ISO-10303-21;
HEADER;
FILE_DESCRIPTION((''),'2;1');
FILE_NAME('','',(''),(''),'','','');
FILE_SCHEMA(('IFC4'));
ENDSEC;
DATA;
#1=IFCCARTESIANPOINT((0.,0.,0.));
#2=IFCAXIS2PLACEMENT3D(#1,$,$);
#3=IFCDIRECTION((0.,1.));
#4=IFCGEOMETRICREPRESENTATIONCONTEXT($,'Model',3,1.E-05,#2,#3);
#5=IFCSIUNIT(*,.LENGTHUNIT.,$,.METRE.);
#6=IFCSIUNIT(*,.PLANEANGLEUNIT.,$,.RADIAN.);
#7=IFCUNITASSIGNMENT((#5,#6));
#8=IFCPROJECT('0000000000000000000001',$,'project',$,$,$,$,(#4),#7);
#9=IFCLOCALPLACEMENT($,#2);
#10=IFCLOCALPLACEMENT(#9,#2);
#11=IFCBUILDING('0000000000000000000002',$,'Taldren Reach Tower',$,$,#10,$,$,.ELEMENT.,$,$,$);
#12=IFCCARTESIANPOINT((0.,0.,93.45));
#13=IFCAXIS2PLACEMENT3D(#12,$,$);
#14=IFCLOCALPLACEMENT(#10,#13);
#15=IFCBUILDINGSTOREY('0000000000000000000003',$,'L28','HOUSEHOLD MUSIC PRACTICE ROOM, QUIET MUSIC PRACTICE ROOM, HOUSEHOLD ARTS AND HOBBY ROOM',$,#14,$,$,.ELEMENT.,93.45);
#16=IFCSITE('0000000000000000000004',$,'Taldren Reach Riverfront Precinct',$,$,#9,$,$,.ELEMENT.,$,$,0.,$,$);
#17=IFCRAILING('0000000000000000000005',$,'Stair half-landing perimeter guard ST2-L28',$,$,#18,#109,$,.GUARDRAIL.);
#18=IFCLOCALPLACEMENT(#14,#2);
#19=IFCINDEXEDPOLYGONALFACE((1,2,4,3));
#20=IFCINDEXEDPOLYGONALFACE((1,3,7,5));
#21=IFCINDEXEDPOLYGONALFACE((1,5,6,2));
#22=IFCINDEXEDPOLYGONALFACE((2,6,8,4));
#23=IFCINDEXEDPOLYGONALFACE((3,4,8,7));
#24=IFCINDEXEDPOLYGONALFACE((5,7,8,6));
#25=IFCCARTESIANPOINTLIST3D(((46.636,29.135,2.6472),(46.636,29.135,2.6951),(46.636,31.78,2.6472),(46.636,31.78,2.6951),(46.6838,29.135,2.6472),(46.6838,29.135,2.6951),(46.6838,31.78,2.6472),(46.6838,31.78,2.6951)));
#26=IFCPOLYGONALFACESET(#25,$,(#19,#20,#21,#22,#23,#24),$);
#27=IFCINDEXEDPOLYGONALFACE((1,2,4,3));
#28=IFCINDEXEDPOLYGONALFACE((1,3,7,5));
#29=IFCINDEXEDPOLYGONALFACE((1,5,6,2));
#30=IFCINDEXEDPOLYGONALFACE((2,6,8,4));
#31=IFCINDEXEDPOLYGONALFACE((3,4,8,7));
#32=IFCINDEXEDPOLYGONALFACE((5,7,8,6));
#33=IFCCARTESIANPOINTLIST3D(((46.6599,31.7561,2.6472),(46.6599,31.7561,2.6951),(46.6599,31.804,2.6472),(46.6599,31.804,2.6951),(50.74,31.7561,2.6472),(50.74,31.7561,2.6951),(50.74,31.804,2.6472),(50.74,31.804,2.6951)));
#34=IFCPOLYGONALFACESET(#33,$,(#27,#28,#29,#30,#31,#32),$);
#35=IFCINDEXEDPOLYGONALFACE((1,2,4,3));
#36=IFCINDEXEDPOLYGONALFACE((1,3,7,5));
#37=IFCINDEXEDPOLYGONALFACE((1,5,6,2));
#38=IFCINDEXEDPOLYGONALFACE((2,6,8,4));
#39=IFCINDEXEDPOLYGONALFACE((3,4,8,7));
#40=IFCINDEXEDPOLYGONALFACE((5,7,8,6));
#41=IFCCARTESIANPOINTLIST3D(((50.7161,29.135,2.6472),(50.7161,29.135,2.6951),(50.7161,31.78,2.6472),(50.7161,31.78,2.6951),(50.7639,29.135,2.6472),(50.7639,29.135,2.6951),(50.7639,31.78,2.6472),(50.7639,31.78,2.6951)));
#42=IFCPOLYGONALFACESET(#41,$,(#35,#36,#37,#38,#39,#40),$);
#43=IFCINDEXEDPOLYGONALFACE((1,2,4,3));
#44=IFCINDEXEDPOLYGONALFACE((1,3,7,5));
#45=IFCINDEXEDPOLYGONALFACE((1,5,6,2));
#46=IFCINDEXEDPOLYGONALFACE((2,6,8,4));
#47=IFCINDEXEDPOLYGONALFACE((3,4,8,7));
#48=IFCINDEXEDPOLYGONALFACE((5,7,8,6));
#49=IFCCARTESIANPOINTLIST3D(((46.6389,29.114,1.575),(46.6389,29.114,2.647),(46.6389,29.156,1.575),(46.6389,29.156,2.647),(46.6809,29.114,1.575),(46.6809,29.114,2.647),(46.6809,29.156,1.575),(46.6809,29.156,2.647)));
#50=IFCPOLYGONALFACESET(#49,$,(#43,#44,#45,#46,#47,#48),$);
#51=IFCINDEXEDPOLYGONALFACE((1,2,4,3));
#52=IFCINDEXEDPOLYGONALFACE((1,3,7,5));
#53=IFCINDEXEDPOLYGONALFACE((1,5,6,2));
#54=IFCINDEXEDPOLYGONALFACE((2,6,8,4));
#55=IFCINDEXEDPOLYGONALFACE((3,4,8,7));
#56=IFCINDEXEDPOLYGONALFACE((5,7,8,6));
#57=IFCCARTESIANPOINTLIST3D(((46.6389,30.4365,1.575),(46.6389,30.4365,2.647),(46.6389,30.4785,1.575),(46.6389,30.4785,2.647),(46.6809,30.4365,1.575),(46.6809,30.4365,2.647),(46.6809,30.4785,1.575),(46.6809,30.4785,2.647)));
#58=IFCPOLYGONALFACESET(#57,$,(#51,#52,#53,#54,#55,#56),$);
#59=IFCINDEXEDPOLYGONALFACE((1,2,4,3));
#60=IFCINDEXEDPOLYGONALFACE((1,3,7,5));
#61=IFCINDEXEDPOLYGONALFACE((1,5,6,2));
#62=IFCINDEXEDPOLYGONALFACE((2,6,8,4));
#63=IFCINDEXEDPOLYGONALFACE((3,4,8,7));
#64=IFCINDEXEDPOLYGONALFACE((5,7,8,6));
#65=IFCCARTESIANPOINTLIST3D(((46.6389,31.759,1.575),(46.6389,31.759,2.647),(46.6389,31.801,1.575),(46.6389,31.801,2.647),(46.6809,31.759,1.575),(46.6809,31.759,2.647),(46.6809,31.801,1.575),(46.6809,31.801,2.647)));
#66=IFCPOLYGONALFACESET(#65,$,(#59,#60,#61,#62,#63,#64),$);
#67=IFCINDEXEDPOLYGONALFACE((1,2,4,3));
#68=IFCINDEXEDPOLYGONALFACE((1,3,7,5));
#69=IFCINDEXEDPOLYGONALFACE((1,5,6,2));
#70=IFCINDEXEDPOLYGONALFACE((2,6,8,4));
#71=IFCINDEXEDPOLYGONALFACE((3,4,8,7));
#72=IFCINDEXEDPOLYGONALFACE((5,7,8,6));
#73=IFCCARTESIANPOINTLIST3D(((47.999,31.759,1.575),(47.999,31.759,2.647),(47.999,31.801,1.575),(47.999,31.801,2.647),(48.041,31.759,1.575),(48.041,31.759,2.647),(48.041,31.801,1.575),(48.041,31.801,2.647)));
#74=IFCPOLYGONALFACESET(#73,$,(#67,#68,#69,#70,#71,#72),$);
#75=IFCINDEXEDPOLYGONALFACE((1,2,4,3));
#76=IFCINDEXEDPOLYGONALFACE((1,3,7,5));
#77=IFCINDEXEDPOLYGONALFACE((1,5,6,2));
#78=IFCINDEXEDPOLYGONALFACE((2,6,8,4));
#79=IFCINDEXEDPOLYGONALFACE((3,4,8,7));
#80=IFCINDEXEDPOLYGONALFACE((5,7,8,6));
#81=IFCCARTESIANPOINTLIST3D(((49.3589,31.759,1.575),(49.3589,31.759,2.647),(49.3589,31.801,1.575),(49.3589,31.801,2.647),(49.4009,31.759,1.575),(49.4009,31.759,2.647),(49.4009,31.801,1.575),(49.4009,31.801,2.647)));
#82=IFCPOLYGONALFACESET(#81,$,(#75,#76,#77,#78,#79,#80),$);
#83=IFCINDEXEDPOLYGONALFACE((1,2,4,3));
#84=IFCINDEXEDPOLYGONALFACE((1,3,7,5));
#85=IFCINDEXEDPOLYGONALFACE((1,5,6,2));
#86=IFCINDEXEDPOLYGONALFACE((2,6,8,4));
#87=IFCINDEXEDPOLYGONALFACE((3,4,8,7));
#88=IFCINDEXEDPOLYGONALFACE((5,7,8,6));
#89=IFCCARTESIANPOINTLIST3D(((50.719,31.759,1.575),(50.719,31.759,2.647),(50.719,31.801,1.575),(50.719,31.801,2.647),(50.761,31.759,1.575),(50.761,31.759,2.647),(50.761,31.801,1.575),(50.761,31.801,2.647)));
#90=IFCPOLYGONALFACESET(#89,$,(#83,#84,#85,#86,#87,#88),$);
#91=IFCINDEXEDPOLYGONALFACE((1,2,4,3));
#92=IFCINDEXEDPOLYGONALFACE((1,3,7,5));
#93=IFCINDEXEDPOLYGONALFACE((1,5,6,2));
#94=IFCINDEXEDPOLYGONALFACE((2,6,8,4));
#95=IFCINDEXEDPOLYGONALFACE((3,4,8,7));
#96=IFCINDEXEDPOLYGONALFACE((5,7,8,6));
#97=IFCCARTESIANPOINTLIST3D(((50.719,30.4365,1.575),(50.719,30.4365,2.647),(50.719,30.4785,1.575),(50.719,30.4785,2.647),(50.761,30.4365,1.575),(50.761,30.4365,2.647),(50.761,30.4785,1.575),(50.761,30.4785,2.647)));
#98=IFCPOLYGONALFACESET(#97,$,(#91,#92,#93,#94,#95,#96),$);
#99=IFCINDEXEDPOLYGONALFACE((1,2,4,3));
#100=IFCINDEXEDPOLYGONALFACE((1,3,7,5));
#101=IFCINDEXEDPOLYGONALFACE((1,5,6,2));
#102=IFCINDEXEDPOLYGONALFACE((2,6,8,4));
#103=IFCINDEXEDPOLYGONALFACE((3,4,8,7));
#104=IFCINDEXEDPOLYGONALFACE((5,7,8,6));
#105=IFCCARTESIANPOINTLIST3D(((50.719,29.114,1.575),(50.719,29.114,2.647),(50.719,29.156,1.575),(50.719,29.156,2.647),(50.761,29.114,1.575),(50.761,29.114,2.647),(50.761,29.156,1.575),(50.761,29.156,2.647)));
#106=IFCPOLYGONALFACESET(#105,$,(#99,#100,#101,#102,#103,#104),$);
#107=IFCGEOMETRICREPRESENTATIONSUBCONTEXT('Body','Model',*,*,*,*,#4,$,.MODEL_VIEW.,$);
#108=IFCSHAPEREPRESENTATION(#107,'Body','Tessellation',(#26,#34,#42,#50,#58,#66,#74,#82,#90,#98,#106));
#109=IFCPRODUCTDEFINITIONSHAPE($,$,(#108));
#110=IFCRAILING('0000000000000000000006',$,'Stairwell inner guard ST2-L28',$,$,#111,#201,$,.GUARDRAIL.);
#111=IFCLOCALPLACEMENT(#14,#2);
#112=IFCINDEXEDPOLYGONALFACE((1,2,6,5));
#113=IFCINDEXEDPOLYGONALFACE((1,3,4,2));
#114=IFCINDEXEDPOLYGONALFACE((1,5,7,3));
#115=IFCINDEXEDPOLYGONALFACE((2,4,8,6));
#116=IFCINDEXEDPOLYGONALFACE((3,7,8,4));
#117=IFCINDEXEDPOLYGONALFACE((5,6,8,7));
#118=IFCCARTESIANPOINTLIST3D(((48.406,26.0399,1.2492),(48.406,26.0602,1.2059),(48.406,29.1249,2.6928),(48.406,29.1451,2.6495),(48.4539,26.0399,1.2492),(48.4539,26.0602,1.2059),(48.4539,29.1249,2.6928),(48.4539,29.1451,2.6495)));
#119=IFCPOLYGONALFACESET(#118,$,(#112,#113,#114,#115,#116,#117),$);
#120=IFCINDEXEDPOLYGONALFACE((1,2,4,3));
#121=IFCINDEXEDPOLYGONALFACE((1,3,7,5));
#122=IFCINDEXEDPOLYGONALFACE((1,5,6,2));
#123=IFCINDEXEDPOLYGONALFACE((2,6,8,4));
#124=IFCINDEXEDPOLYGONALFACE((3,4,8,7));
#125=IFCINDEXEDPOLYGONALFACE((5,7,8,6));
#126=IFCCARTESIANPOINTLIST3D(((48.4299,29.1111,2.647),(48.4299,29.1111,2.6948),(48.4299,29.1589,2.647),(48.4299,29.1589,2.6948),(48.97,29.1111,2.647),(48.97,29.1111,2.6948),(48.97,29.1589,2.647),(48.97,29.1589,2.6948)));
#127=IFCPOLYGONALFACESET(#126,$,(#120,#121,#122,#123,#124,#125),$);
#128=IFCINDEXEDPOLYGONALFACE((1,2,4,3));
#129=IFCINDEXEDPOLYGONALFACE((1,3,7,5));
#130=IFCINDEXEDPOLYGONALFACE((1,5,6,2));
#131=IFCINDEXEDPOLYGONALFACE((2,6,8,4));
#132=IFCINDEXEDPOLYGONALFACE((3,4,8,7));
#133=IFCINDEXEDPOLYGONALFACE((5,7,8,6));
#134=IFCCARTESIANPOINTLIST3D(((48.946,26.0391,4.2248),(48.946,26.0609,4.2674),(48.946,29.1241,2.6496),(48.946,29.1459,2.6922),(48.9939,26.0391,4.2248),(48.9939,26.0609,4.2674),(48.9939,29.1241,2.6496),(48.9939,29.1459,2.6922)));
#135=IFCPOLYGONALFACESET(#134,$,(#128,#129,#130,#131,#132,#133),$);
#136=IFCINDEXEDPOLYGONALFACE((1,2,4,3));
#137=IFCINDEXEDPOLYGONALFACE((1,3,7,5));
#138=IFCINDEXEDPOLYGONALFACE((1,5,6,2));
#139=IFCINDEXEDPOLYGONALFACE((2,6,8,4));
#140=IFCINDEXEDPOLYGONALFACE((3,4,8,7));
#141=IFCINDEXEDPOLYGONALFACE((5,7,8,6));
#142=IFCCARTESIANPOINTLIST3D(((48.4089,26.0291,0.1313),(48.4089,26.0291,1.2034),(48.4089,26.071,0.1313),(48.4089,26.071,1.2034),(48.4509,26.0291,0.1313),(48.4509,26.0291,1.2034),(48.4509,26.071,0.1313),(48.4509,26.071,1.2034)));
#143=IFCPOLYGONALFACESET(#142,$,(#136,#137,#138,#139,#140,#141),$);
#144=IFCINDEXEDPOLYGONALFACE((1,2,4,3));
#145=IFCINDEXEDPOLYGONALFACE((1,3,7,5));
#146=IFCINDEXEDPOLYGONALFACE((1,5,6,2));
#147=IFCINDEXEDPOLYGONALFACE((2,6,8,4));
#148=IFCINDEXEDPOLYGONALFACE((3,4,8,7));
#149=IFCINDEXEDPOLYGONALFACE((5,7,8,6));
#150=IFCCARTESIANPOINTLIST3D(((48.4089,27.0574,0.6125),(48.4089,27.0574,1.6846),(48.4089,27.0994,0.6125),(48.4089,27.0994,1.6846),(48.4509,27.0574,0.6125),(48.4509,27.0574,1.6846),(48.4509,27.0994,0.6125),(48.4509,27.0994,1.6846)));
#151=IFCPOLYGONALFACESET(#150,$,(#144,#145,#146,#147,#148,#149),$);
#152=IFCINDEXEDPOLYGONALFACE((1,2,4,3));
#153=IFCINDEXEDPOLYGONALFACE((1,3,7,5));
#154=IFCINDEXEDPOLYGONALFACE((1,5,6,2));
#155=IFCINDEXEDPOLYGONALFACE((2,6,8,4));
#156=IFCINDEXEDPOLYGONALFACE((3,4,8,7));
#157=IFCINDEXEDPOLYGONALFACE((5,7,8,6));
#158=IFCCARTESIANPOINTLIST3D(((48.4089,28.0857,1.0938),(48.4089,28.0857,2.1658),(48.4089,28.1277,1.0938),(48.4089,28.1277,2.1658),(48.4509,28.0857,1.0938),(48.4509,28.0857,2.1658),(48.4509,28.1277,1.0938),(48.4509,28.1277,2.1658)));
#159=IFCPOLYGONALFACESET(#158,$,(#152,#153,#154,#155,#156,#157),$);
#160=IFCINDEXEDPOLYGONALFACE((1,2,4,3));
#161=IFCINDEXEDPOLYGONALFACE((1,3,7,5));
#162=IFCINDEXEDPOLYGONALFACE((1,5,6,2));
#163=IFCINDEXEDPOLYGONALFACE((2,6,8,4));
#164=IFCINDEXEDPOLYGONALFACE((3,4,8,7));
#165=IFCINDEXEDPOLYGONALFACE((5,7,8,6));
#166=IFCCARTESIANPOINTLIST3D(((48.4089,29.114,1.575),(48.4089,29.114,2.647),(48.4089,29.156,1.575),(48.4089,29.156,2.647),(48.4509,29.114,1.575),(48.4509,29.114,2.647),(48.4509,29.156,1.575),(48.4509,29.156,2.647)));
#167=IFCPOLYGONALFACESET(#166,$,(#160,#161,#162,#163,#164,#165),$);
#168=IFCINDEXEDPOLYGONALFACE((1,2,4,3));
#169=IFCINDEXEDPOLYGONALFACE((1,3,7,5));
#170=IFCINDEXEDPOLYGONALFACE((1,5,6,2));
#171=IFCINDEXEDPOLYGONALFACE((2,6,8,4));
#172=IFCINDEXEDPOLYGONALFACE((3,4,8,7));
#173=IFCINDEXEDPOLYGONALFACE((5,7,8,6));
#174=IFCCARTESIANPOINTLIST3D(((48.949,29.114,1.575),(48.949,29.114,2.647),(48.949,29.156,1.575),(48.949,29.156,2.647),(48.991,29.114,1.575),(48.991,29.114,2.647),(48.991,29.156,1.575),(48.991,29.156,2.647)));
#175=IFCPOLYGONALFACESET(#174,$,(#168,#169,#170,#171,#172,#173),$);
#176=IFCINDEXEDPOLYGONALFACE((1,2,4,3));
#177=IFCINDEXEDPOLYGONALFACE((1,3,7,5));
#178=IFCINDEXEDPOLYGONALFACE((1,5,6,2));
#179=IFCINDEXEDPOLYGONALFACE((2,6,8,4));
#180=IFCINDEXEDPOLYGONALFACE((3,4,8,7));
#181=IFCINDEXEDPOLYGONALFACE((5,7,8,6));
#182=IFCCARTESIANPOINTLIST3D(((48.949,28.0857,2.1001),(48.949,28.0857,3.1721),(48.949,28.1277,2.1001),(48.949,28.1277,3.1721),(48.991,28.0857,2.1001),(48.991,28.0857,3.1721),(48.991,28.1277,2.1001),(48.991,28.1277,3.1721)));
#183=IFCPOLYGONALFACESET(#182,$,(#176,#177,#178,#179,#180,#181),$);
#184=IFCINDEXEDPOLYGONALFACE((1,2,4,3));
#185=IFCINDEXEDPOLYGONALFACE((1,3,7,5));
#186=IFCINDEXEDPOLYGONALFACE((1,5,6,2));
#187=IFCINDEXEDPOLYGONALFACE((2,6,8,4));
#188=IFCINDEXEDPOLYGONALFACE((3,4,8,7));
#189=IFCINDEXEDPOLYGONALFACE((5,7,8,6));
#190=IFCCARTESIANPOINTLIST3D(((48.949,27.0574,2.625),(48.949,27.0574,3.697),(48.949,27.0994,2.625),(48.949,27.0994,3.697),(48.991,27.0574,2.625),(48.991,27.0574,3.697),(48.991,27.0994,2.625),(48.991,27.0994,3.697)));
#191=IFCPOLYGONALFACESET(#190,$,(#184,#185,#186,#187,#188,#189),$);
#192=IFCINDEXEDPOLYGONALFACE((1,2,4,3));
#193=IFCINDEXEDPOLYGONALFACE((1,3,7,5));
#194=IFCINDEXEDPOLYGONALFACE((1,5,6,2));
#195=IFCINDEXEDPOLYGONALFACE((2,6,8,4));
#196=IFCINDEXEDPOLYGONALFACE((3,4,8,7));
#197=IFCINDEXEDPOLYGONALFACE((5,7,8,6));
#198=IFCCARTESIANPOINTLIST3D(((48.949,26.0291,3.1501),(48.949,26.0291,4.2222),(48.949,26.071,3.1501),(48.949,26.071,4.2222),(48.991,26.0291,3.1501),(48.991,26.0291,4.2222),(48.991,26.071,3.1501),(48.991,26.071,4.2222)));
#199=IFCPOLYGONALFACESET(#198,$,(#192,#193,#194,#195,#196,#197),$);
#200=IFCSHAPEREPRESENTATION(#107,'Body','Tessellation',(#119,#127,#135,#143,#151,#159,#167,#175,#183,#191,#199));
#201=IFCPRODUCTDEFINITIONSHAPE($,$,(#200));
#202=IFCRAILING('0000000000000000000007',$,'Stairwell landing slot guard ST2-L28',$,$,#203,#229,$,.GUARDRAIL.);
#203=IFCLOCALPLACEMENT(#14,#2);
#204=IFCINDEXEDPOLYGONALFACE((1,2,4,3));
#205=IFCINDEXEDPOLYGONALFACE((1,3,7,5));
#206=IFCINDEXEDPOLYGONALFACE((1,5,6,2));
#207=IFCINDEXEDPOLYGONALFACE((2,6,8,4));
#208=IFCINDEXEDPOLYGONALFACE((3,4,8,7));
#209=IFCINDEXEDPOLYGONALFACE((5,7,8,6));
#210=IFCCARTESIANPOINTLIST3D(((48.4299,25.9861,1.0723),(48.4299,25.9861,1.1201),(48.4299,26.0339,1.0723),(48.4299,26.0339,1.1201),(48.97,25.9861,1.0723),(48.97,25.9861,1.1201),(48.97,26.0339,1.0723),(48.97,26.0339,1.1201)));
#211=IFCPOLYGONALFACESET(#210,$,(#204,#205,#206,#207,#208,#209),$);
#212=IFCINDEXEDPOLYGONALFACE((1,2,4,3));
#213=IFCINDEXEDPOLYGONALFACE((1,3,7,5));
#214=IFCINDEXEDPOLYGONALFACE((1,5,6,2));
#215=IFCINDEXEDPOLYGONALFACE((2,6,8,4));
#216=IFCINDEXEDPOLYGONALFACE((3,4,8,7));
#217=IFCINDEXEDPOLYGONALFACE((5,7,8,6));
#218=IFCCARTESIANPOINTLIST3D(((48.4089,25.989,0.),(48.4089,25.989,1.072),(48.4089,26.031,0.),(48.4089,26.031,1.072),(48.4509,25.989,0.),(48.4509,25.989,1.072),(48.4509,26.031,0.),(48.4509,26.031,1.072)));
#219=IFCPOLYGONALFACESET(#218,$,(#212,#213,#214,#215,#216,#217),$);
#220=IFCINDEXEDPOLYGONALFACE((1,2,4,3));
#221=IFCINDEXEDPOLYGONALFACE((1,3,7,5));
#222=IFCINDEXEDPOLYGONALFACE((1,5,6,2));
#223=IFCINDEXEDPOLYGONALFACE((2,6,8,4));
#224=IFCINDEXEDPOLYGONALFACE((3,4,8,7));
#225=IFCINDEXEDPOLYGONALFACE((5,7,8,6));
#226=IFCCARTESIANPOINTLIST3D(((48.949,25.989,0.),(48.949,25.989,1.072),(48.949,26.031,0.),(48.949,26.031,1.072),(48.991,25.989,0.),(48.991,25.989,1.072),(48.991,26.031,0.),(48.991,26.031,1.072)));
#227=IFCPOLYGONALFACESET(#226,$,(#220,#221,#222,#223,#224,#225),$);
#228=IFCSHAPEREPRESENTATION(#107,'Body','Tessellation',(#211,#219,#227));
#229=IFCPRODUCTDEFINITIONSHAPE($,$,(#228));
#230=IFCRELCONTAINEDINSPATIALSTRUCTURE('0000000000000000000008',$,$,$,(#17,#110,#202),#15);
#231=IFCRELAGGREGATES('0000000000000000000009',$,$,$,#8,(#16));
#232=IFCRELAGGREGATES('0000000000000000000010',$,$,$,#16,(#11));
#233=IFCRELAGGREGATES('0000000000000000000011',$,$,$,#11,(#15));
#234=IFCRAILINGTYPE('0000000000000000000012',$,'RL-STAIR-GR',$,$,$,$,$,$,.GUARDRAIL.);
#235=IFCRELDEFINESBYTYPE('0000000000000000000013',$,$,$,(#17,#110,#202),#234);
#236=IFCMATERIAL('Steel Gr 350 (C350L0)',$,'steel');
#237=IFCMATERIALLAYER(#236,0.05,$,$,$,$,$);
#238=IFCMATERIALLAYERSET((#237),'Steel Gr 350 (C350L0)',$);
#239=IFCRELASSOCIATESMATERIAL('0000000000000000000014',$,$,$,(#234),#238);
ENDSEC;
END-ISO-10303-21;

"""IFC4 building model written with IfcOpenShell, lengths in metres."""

from ifc_helpers import new_model, si_unit, direction, frame, origin, origin_2d, place, context, subcontext, project, spatial, rectangle, extrude, material, layer, layer_set, type_object, element, save


model = new_model("IFC4")

# Units and contexts
model_context = context("Model", 3, precision=1e-05, world=origin(), true_north=direction((0.0, 1.0)))
body_context = subcontext(model_context, "Body", "Model", "MODEL_VIEW")
ifc_project = project(units=[si_unit("LENGTHUNIT", "METRE"), si_unit("PLANEANGLEUNIT", "RADIAN")], contexts=[model_context])

# Site, building, storey
site_placement = place(None, origin())
site = spatial("IfcSite", under=ifc_project, at=site_placement, Name="Taldren Reach Riverfront Precinct", CompositionType="ELEMENT", RefElevation=0.0)
building_placement = place(site_placement, origin())
building = spatial("IfcBuilding", under=site, at=building_placement, Name="Taldren Reach Tower", CompositionType="ELEMENT")
storey_placement = place(building_placement, frame((0.0, 0.0, 93.45)))
storey = spatial("IfcBuildingStorey", under=building, at=storey_placement, Name="L28", Description="HOUSEHOLD MUSIC PRACTICE ROOM, QUIET MUSIC PRACTICE ROOM, HOUSEHOLD ARTS AND HOBBY ROOM", CompositionType="ELEMENT", Elevation=93.45)

# Shared definitions
ifc_material_1 = material(Name="Steel Gr 350 (C350L0)", Category="steel")

# Railings
ifc_layer_1 = layer(ifc_material_1, 0.05)
ifc_layer_set_1 = layer_set([ifc_layer_1], Name="Steel Gr 350 (C350L0)")
railing_type_1 = type_object("IfcRailingType", Name="RL-STAIR-GR", PredefinedType="GUARDRAIL", material=ifc_layer_set_1)
railing_1_placement = place(storey_placement, frame((46.6599, 29.135, 1.575)))
element("IfcRailing", 1, at=railing_1_placement, inside=storey, type_object=railing_type_1, Name="Stair half-landing perimeter guard ST2-L28", PredefinedType="GUARDRAIL", context=body_context, shape_type="SweptSolid", body=[
    extrude(rectangle(XDim=0.0479, YDim=0.0479, at=origin_2d()), frame((0.0, 0.0, 1.0962), z_axis=(0.0, 1.0, 0.0), x_axis=(-1.0, 0.0, 0.0)), (0.0, 0.0, 1.0), 2.645),
    extrude(rectangle(XDim=0.0479, YDim=0.0479, at=origin_2d()), frame((0.0, 2.645, 1.0962), z_axis=(1.0, 0.0, 0.0), x_axis=(0.0, 1.0, 0.0)), (0.0, 0.0, 1.0), 4.0801),
    extrude(rectangle(XDim=0.0479, YDim=0.0479, at=origin_2d()), frame((4.0801, 2.645, 1.0962), z_axis=(0.0, -1.0, 0.0), x_axis=(1.0, 0.0, 0.0)), (0.0, 0.0, 1.0), 2.645),
    extrude(rectangle(XDim=0.042, YDim=0.042, at=origin_2d()), origin(), (0.0, 0.0, 1.0), 1.072),
    extrude(rectangle(XDim=0.042, YDim=0.042, at=origin_2d()), frame((0.0, 1.3225, 0.0)), (0.0, 0.0, 1.0), 1.072),
    extrude(rectangle(XDim=0.042, YDim=0.042, at=origin_2d()), frame((0.0, 2.645, 0.0)), (0.0, 0.0, 1.0), 1.072),
    extrude(rectangle(XDim=0.042, YDim=0.042, at=origin_2d()), frame((1.3601, 2.645, 0.0)), (0.0, 0.0, 1.0), 1.072),
    extrude(rectangle(XDim=0.042, YDim=0.042, at=origin_2d()), frame((2.72, 2.645, 0.0)), (0.0, 0.0, 1.0), 1.072),
    extrude(rectangle(XDim=0.042, YDim=0.042, at=origin_2d()), frame((4.0801, 2.645, 0.0)), (0.0, 0.0, 1.0), 1.072),
    extrude(rectangle(XDim=0.042, YDim=0.042, at=origin_2d()), frame((4.0801, 1.3225, 0.0)), (0.0, 0.0, 1.0), 1.072),
    extrude(rectangle(XDim=0.042, YDim=0.042, at=origin_2d()), frame((4.0801, 0.0, 0.0)), (0.0, 0.0, 1.0), 1.072),
])
railing_2_placement = place(storey_placement, frame((48.4299, 26.05, 0.1313)))
element("IfcRailing", 2, at=railing_2_placement, inside=storey, type_object=railing_type_1, Name="Stairwell inner guard ST2-L28", PredefinedType="GUARDRAIL", context=body_context, shape_type="SweptSolid", body=[
    extrude(rectangle(XDim=0.0479, YDim=0.0479, at=origin_2d()), frame((0.0, 0.0, 1.0962), z_axis=(0.0, 0.905738, 0.423839), x_axis=(-1.0, 0.0, 0.0)), (0.0, 0.0, 1.0), 3.406),
    extrude(rectangle(XDim=0.0479, YDim=0.0479, at=origin_2d()), frame((0.0, 3.085, 2.5396), z_axis=(1.0, 0.0, 0.0), x_axis=(0.0, 1.0, 0.0)), (0.0, 0.0, 1.0), 0.54),
    extrude(rectangle(XDim=0.0479, YDim=0.0479, at=origin_2d()), frame((0.54, 3.085, 2.5396), z_axis=(0.0, -0.890617, 0.454753), x_axis=(1.0, 0.0, 0.0)), (0.0, 0.0, 1.0), 3.4639),
    extrude(rectangle(XDim=0.042, YDim=0.042, at=origin_2d()), origin(), (0.0, 0.0, 1.0), 1.072),
    extrude(rectangle(XDim=0.042, YDim=0.042, at=origin_2d()), frame((0.0, 1.0283, 0.4812)), (0.0, 0.0, 1.0), 1.072),
    extrude(rectangle(XDim=0.042, YDim=0.042, at=origin_2d()), frame((0.0, 2.0566, 0.9624)), (0.0, 0.0, 1.0), 1.072),
    extrude(rectangle(XDim=0.042, YDim=0.042, at=origin_2d()), frame((0.0, 3.085, 1.4436)), (0.0, 0.0, 1.0), 1.072),
    extrude(rectangle(XDim=0.042, YDim=0.042, at=origin_2d()), frame((0.54, 3.085, 1.4436)), (0.0, 0.0, 1.0), 1.072),
    extrude(rectangle(XDim=0.042, YDim=0.042, at=origin_2d()), frame((0.54, 2.0566, 1.9688)), (0.0, 0.0, 1.0), 1.072),
    extrude(rectangle(XDim=0.042, YDim=0.042, at=origin_2d()), frame((0.54, 1.0283, 2.4937)), (0.0, 0.0, 1.0), 1.072),
    extrude(rectangle(XDim=0.042, YDim=0.042, at=origin_2d()), frame((0.54, 0.0, 3.0188)), (0.0, 0.0, 1.0), 1.072),
])
railing_3_placement = place(storey_placement, frame((48.4299, 26.01, 0.0)))
element("IfcRailing", 3, at=railing_3_placement, inside=storey, type_object=railing_type_1, Name="Stairwell landing slot guard ST2-L28", PredefinedType="GUARDRAIL", context=body_context, shape_type="SweptSolid", body=[
    extrude(rectangle(XDim=0.0479, YDim=0.0479, at=origin_2d()), frame((0.0, 0.0, 1.0962), z_axis=(1.0, 0.0, 0.0), x_axis=(0.0, 1.0, 0.0)), (0.0, 0.0, 1.0), 0.54),
    extrude(rectangle(XDim=0.042, YDim=0.042, at=origin_2d()), origin(), (0.0, 0.0, 1.0), 1.072),
    extrude(rectangle(XDim=0.042, YDim=0.042, at=origin_2d()), frame((0.54, 0.0, 0.0)), (0.0, 0.0, 1.0), 1.072),
])

save(model, "model.ifc")
